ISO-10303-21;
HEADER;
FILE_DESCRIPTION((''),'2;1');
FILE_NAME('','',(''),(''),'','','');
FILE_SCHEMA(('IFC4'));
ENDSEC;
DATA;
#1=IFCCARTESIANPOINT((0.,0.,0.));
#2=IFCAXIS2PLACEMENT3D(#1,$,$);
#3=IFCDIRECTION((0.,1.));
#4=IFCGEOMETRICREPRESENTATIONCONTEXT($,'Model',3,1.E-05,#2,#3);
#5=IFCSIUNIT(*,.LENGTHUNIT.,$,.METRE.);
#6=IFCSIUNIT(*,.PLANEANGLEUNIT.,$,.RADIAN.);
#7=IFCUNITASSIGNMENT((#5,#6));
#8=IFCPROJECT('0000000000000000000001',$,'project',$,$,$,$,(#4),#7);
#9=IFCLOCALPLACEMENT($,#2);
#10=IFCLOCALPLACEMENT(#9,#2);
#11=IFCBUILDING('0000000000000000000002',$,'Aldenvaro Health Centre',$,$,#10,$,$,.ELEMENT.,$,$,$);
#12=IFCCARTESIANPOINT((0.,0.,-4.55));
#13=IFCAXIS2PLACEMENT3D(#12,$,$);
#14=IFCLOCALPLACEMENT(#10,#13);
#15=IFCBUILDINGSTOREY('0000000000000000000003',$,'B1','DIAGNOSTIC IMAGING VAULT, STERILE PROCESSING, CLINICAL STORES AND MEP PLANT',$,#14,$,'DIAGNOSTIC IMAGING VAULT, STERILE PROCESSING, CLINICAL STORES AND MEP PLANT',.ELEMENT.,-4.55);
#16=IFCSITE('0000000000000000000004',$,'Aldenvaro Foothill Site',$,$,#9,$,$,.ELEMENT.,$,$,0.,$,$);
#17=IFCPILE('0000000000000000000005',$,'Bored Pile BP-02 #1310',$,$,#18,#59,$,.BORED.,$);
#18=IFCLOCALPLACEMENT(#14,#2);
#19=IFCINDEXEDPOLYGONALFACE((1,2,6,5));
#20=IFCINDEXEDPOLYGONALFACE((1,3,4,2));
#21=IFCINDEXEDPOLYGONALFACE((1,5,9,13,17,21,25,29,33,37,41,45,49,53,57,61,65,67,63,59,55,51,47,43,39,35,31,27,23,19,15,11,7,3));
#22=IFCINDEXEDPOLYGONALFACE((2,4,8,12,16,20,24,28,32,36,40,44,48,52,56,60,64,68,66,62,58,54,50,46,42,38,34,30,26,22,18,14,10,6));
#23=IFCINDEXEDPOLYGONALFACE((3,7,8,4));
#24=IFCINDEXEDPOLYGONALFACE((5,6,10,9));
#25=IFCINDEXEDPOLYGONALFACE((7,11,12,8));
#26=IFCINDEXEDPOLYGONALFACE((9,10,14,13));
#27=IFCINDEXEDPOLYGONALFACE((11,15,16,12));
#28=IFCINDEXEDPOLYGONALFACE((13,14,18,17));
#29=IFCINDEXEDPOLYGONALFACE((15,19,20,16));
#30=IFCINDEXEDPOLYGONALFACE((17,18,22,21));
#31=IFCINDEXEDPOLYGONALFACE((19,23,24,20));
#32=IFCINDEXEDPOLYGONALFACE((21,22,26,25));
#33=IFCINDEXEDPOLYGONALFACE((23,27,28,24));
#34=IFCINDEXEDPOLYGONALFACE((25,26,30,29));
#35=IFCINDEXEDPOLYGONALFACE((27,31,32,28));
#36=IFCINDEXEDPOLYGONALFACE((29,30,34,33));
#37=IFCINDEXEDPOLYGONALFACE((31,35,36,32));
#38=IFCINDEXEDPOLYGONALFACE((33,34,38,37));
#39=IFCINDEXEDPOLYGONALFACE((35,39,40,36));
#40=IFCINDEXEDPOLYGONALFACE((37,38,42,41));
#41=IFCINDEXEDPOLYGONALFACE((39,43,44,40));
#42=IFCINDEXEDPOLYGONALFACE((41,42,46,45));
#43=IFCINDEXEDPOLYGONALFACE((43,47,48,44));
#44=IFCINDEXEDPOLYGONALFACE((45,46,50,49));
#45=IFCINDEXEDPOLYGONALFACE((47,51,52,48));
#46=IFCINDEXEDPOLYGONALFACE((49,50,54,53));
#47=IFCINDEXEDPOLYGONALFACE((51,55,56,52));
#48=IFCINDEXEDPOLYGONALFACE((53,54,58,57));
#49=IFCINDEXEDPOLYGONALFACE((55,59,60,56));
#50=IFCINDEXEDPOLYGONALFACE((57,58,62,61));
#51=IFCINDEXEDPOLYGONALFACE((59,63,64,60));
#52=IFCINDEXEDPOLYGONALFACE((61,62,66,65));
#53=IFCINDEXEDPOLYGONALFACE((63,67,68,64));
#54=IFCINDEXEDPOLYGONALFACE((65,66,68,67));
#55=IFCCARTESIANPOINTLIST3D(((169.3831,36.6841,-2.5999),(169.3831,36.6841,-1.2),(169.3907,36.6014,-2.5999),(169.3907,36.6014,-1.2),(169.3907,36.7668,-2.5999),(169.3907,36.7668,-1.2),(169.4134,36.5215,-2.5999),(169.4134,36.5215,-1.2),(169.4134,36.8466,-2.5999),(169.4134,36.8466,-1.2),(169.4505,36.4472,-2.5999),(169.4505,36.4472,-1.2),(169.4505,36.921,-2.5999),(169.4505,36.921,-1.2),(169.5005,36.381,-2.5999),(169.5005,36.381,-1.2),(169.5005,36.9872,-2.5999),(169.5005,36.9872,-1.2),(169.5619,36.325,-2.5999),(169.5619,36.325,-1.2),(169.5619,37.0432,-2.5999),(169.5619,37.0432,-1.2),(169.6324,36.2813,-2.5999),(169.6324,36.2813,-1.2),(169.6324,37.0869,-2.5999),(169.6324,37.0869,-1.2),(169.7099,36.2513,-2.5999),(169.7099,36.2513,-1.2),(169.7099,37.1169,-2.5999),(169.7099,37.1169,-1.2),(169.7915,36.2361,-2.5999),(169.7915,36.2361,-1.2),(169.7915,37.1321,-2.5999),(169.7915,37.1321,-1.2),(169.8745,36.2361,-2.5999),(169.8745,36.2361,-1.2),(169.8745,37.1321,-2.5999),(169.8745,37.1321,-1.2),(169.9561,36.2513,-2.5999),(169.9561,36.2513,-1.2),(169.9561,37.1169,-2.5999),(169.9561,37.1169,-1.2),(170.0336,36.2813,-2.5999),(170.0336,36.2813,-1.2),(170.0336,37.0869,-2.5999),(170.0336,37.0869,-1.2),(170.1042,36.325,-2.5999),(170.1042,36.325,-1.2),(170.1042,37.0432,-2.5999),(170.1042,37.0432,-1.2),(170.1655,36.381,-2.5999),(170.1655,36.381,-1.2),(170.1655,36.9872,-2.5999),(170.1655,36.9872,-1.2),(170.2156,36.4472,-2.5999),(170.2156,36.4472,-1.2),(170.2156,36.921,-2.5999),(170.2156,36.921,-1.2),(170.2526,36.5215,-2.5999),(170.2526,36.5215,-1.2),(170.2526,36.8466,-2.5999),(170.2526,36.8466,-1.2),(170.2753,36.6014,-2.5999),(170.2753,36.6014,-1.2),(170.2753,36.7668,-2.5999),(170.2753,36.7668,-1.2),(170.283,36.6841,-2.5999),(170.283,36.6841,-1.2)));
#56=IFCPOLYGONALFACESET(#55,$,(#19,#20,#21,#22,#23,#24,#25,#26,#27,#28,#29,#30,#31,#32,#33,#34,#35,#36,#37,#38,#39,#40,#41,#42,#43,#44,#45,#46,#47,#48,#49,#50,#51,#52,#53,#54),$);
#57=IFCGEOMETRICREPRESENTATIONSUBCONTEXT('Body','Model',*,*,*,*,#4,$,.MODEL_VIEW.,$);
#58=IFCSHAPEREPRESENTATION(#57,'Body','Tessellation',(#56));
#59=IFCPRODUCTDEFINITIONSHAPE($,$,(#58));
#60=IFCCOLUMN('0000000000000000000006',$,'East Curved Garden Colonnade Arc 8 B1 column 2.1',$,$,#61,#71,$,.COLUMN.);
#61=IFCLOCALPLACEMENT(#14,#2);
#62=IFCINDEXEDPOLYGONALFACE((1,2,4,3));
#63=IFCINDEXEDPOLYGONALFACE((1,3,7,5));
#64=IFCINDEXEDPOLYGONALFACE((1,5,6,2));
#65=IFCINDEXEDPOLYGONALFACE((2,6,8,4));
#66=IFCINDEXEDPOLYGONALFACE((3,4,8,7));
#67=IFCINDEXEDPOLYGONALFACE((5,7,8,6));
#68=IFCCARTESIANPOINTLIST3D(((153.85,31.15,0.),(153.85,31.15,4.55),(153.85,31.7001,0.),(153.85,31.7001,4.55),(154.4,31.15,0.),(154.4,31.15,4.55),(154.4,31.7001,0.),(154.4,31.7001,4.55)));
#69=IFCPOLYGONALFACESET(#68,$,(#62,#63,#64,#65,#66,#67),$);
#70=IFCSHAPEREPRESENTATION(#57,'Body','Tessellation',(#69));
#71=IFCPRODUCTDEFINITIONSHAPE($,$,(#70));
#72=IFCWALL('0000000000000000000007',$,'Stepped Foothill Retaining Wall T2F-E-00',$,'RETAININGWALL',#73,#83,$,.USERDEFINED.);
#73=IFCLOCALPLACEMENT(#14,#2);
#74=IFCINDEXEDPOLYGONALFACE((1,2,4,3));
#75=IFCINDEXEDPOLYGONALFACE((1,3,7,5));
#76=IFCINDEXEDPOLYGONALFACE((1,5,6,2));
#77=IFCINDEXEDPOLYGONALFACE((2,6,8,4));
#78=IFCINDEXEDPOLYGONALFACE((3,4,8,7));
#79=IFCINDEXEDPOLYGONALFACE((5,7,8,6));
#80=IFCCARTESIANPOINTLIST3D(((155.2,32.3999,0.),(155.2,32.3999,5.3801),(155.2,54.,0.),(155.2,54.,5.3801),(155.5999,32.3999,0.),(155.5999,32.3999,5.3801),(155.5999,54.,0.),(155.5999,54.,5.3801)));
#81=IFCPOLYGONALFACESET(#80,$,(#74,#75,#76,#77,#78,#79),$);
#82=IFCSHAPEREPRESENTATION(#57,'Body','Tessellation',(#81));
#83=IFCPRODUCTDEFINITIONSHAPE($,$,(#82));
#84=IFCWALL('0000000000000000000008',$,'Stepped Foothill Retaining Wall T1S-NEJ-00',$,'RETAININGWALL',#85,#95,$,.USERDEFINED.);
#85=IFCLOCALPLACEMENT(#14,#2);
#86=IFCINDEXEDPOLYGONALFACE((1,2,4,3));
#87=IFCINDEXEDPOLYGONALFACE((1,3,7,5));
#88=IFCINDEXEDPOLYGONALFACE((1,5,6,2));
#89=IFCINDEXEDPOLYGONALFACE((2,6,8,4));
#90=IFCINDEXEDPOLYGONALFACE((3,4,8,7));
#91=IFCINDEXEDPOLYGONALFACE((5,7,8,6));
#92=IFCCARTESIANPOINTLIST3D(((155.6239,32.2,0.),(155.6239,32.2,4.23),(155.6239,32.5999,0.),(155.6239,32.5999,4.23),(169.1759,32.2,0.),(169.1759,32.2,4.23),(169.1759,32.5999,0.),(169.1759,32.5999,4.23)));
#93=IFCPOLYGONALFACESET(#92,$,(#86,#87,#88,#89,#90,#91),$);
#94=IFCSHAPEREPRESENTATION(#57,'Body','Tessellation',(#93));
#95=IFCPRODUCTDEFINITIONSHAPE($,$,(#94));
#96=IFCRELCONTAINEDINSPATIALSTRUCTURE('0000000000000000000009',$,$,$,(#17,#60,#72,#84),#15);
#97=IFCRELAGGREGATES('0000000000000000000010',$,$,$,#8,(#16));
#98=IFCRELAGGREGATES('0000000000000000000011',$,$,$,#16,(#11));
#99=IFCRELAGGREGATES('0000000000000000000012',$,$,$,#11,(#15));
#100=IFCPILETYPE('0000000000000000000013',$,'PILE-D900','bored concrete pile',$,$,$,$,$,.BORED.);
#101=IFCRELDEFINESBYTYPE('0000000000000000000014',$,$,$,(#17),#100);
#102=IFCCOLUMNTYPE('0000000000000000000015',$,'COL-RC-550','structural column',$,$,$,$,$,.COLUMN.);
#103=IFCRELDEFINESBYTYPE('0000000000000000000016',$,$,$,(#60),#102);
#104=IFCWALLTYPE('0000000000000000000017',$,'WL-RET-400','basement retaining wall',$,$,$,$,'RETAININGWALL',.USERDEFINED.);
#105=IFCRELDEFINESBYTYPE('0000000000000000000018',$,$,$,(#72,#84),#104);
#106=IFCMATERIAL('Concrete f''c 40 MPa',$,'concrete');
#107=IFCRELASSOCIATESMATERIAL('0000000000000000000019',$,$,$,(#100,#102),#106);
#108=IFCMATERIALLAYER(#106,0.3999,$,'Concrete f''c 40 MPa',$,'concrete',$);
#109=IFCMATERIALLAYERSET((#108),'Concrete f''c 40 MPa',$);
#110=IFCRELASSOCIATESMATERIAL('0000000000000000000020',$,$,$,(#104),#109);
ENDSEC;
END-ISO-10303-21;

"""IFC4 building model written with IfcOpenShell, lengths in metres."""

from ifc_helpers import new_model, si_unit, direction, frame, frame_2d, origin, origin_2d, place, context, subcontext, project, spatial, rectangle, circle, extrude, material, layer, layer_set, material_profile, profile_set, type_object, element, save


model = new_model("IFC4")

# Units and contexts
model_context = context("Model", 3, precision=1e-05, world=origin(), true_north=direction((0.0, 1.0)))
body_context = subcontext(model_context, "Body", "Model", "MODEL_VIEW")
ifc_project = project(units=[si_unit("LENGTHUNIT", "METRE"), si_unit("PLANEANGLEUNIT", "RADIAN")], contexts=[model_context])

# Site, building, storey
site_placement = place(None, origin())
site = spatial("IfcSite", under=ifc_project, at=site_placement, Name="Aldenvaro Foothill Site", CompositionType="ELEMENT", RefElevation=0.0)
building_placement = place(site_placement, origin())
building = spatial("IfcBuilding", under=site, at=building_placement, Name="Aldenvaro Health Centre", CompositionType="ELEMENT")
storey_placement = place(building_placement, frame((0.0, 0.0, -4.55)))
storey = spatial("IfcBuildingStorey", under=building, at=storey_placement, Name="B1", Description="DIAGNOSTIC IMAGING VAULT, STERILE PROCESSING, CLINICAL STORES AND MEP PLANT", LongName="DIAGNOSTIC IMAGING VAULT, STERILE PROCESSING, CLINICAL STORES AND MEP PLANT", CompositionType="ELEMENT", Elevation=-4.55)

# Shared definitions
ifc_material = material(Name="Concrete f'c 40 MPa", Category="concrete")

# Pile
ifc_material_profile_1 = material_profile(ifc_material, circle(Radius=0.45, at=origin_2d()), Name="PILE D900", Category="concrete")
ifc_profile_set_1 = profile_set([ifc_material_profile_1], Name="Concrete f'c 40 MPa")
pile_type_1 = type_object("IfcPileType", Name="PILE-D900", Description="bored concrete pile", PredefinedType="BORED", material=ifc_profile_set_1)
for number, where, z_axis, x_axis, name in (
    (1, (169.833, 36.6841, -1.2), (0.0, 0.0, -1.0), (1.0, 0.0, 0.0), "Bored Pile BP-02 #1310"),
):
    element("IfcPile", number, at=place(storey_placement, frame(where, z_axis=z_axis, x_axis=x_axis)), inside=storey, type_object=pile_type_1, Name=name, PredefinedType="BORED", context=body_context, shape_type="SweptSolid", body=[
        extrude(circle(Radius=0.45, at=origin_2d()), origin(), (0.0, 0.0, 1.0), 1.3999),
    ])

# Column
ifc_material_profile_2 = material_profile(ifc_material, rectangle(XDim=0.55, YDim=0.55, at=origin_2d()), Name="RC 550x550", Category="concrete")
ifc_profile_set_2 = profile_set([ifc_material_profile_2], Name="Concrete f'c 40 MPa")
column_type = type_object("IfcColumnType", Name="COL-RC-550", Description="structural column", PredefinedType="COLUMN", material=ifc_profile_set_2)
column_placement = place(storey_placement, frame((154.125, 31.425, 0.0), z_axis=(0.0, 0.0, 1.0), x_axis=(1.0, 0.0, 0.0)))
element("IfcColumn", 2, at=column_placement, inside=storey, type_object=column_type, Name="East Curved Garden Colonnade Arc 8 B1 column 2.1", PredefinedType="COLUMN", context=body_context, shape_type="SweptSolid", body=[
    extrude(rectangle(XDim=0.55, YDim=0.55, at=origin_2d()), origin(), (0.0, 0.0, 1.0), 4.55),
])

# Walls
ifc_layer = layer(ifc_material, 0.3999, Name="Concrete f'c 40 MPa", Category="concrete")
ifc_layer_set = layer_set([ifc_layer], Name="Concrete f'c 40 MPa")
wall_type = type_object("IfcWallType", Name="WL-RET-400", Description="basement retaining wall", ElementType="RETAININGWALL", PredefinedType="USERDEFINED", material=ifc_layer_set)
wall_1_placement = place(storey_placement, frame((155.3999, 32.3999, 0.0), z_axis=(0.0, 0.0, 1.0), x_axis=(0.0, 1.0, 0.0)))
element("IfcWall", 3, at=wall_1_placement, inside=storey, type_object=wall_type, Name="Stepped Foothill Retaining Wall T2F-E-00", ObjectType="RETAININGWALL", PredefinedType="USERDEFINED", context=body_context, shape_type="SweptSolid", body=[
    extrude(rectangle(XDim=21.6001, YDim=0.3999, at=frame_2d((10.8, 0.0))), origin(), (0.0, 0.0, 1.0), 5.3801),
])
wall_2_placement = place(storey_placement, frame((155.624, 32.3999, 0.0), z_axis=(0.0, 0.0, 1.0), x_axis=(1.0, 0.0, 0.0)))
element("IfcWall", 4, at=wall_2_placement, inside=storey, type_object=wall_type, Name="Stepped Foothill Retaining Wall T1S-NEJ-00", ObjectType="RETAININGWALL", PredefinedType="USERDEFINED", context=body_context, shape_type="SweptSolid", body=[
    extrude(rectangle(XDim=13.552, YDim=0.3999, at=frame_2d((6.7759, 0.0))), origin(), (0.0, 0.0, 1.0), 4.23),
])

save(model, "model.ifc")
